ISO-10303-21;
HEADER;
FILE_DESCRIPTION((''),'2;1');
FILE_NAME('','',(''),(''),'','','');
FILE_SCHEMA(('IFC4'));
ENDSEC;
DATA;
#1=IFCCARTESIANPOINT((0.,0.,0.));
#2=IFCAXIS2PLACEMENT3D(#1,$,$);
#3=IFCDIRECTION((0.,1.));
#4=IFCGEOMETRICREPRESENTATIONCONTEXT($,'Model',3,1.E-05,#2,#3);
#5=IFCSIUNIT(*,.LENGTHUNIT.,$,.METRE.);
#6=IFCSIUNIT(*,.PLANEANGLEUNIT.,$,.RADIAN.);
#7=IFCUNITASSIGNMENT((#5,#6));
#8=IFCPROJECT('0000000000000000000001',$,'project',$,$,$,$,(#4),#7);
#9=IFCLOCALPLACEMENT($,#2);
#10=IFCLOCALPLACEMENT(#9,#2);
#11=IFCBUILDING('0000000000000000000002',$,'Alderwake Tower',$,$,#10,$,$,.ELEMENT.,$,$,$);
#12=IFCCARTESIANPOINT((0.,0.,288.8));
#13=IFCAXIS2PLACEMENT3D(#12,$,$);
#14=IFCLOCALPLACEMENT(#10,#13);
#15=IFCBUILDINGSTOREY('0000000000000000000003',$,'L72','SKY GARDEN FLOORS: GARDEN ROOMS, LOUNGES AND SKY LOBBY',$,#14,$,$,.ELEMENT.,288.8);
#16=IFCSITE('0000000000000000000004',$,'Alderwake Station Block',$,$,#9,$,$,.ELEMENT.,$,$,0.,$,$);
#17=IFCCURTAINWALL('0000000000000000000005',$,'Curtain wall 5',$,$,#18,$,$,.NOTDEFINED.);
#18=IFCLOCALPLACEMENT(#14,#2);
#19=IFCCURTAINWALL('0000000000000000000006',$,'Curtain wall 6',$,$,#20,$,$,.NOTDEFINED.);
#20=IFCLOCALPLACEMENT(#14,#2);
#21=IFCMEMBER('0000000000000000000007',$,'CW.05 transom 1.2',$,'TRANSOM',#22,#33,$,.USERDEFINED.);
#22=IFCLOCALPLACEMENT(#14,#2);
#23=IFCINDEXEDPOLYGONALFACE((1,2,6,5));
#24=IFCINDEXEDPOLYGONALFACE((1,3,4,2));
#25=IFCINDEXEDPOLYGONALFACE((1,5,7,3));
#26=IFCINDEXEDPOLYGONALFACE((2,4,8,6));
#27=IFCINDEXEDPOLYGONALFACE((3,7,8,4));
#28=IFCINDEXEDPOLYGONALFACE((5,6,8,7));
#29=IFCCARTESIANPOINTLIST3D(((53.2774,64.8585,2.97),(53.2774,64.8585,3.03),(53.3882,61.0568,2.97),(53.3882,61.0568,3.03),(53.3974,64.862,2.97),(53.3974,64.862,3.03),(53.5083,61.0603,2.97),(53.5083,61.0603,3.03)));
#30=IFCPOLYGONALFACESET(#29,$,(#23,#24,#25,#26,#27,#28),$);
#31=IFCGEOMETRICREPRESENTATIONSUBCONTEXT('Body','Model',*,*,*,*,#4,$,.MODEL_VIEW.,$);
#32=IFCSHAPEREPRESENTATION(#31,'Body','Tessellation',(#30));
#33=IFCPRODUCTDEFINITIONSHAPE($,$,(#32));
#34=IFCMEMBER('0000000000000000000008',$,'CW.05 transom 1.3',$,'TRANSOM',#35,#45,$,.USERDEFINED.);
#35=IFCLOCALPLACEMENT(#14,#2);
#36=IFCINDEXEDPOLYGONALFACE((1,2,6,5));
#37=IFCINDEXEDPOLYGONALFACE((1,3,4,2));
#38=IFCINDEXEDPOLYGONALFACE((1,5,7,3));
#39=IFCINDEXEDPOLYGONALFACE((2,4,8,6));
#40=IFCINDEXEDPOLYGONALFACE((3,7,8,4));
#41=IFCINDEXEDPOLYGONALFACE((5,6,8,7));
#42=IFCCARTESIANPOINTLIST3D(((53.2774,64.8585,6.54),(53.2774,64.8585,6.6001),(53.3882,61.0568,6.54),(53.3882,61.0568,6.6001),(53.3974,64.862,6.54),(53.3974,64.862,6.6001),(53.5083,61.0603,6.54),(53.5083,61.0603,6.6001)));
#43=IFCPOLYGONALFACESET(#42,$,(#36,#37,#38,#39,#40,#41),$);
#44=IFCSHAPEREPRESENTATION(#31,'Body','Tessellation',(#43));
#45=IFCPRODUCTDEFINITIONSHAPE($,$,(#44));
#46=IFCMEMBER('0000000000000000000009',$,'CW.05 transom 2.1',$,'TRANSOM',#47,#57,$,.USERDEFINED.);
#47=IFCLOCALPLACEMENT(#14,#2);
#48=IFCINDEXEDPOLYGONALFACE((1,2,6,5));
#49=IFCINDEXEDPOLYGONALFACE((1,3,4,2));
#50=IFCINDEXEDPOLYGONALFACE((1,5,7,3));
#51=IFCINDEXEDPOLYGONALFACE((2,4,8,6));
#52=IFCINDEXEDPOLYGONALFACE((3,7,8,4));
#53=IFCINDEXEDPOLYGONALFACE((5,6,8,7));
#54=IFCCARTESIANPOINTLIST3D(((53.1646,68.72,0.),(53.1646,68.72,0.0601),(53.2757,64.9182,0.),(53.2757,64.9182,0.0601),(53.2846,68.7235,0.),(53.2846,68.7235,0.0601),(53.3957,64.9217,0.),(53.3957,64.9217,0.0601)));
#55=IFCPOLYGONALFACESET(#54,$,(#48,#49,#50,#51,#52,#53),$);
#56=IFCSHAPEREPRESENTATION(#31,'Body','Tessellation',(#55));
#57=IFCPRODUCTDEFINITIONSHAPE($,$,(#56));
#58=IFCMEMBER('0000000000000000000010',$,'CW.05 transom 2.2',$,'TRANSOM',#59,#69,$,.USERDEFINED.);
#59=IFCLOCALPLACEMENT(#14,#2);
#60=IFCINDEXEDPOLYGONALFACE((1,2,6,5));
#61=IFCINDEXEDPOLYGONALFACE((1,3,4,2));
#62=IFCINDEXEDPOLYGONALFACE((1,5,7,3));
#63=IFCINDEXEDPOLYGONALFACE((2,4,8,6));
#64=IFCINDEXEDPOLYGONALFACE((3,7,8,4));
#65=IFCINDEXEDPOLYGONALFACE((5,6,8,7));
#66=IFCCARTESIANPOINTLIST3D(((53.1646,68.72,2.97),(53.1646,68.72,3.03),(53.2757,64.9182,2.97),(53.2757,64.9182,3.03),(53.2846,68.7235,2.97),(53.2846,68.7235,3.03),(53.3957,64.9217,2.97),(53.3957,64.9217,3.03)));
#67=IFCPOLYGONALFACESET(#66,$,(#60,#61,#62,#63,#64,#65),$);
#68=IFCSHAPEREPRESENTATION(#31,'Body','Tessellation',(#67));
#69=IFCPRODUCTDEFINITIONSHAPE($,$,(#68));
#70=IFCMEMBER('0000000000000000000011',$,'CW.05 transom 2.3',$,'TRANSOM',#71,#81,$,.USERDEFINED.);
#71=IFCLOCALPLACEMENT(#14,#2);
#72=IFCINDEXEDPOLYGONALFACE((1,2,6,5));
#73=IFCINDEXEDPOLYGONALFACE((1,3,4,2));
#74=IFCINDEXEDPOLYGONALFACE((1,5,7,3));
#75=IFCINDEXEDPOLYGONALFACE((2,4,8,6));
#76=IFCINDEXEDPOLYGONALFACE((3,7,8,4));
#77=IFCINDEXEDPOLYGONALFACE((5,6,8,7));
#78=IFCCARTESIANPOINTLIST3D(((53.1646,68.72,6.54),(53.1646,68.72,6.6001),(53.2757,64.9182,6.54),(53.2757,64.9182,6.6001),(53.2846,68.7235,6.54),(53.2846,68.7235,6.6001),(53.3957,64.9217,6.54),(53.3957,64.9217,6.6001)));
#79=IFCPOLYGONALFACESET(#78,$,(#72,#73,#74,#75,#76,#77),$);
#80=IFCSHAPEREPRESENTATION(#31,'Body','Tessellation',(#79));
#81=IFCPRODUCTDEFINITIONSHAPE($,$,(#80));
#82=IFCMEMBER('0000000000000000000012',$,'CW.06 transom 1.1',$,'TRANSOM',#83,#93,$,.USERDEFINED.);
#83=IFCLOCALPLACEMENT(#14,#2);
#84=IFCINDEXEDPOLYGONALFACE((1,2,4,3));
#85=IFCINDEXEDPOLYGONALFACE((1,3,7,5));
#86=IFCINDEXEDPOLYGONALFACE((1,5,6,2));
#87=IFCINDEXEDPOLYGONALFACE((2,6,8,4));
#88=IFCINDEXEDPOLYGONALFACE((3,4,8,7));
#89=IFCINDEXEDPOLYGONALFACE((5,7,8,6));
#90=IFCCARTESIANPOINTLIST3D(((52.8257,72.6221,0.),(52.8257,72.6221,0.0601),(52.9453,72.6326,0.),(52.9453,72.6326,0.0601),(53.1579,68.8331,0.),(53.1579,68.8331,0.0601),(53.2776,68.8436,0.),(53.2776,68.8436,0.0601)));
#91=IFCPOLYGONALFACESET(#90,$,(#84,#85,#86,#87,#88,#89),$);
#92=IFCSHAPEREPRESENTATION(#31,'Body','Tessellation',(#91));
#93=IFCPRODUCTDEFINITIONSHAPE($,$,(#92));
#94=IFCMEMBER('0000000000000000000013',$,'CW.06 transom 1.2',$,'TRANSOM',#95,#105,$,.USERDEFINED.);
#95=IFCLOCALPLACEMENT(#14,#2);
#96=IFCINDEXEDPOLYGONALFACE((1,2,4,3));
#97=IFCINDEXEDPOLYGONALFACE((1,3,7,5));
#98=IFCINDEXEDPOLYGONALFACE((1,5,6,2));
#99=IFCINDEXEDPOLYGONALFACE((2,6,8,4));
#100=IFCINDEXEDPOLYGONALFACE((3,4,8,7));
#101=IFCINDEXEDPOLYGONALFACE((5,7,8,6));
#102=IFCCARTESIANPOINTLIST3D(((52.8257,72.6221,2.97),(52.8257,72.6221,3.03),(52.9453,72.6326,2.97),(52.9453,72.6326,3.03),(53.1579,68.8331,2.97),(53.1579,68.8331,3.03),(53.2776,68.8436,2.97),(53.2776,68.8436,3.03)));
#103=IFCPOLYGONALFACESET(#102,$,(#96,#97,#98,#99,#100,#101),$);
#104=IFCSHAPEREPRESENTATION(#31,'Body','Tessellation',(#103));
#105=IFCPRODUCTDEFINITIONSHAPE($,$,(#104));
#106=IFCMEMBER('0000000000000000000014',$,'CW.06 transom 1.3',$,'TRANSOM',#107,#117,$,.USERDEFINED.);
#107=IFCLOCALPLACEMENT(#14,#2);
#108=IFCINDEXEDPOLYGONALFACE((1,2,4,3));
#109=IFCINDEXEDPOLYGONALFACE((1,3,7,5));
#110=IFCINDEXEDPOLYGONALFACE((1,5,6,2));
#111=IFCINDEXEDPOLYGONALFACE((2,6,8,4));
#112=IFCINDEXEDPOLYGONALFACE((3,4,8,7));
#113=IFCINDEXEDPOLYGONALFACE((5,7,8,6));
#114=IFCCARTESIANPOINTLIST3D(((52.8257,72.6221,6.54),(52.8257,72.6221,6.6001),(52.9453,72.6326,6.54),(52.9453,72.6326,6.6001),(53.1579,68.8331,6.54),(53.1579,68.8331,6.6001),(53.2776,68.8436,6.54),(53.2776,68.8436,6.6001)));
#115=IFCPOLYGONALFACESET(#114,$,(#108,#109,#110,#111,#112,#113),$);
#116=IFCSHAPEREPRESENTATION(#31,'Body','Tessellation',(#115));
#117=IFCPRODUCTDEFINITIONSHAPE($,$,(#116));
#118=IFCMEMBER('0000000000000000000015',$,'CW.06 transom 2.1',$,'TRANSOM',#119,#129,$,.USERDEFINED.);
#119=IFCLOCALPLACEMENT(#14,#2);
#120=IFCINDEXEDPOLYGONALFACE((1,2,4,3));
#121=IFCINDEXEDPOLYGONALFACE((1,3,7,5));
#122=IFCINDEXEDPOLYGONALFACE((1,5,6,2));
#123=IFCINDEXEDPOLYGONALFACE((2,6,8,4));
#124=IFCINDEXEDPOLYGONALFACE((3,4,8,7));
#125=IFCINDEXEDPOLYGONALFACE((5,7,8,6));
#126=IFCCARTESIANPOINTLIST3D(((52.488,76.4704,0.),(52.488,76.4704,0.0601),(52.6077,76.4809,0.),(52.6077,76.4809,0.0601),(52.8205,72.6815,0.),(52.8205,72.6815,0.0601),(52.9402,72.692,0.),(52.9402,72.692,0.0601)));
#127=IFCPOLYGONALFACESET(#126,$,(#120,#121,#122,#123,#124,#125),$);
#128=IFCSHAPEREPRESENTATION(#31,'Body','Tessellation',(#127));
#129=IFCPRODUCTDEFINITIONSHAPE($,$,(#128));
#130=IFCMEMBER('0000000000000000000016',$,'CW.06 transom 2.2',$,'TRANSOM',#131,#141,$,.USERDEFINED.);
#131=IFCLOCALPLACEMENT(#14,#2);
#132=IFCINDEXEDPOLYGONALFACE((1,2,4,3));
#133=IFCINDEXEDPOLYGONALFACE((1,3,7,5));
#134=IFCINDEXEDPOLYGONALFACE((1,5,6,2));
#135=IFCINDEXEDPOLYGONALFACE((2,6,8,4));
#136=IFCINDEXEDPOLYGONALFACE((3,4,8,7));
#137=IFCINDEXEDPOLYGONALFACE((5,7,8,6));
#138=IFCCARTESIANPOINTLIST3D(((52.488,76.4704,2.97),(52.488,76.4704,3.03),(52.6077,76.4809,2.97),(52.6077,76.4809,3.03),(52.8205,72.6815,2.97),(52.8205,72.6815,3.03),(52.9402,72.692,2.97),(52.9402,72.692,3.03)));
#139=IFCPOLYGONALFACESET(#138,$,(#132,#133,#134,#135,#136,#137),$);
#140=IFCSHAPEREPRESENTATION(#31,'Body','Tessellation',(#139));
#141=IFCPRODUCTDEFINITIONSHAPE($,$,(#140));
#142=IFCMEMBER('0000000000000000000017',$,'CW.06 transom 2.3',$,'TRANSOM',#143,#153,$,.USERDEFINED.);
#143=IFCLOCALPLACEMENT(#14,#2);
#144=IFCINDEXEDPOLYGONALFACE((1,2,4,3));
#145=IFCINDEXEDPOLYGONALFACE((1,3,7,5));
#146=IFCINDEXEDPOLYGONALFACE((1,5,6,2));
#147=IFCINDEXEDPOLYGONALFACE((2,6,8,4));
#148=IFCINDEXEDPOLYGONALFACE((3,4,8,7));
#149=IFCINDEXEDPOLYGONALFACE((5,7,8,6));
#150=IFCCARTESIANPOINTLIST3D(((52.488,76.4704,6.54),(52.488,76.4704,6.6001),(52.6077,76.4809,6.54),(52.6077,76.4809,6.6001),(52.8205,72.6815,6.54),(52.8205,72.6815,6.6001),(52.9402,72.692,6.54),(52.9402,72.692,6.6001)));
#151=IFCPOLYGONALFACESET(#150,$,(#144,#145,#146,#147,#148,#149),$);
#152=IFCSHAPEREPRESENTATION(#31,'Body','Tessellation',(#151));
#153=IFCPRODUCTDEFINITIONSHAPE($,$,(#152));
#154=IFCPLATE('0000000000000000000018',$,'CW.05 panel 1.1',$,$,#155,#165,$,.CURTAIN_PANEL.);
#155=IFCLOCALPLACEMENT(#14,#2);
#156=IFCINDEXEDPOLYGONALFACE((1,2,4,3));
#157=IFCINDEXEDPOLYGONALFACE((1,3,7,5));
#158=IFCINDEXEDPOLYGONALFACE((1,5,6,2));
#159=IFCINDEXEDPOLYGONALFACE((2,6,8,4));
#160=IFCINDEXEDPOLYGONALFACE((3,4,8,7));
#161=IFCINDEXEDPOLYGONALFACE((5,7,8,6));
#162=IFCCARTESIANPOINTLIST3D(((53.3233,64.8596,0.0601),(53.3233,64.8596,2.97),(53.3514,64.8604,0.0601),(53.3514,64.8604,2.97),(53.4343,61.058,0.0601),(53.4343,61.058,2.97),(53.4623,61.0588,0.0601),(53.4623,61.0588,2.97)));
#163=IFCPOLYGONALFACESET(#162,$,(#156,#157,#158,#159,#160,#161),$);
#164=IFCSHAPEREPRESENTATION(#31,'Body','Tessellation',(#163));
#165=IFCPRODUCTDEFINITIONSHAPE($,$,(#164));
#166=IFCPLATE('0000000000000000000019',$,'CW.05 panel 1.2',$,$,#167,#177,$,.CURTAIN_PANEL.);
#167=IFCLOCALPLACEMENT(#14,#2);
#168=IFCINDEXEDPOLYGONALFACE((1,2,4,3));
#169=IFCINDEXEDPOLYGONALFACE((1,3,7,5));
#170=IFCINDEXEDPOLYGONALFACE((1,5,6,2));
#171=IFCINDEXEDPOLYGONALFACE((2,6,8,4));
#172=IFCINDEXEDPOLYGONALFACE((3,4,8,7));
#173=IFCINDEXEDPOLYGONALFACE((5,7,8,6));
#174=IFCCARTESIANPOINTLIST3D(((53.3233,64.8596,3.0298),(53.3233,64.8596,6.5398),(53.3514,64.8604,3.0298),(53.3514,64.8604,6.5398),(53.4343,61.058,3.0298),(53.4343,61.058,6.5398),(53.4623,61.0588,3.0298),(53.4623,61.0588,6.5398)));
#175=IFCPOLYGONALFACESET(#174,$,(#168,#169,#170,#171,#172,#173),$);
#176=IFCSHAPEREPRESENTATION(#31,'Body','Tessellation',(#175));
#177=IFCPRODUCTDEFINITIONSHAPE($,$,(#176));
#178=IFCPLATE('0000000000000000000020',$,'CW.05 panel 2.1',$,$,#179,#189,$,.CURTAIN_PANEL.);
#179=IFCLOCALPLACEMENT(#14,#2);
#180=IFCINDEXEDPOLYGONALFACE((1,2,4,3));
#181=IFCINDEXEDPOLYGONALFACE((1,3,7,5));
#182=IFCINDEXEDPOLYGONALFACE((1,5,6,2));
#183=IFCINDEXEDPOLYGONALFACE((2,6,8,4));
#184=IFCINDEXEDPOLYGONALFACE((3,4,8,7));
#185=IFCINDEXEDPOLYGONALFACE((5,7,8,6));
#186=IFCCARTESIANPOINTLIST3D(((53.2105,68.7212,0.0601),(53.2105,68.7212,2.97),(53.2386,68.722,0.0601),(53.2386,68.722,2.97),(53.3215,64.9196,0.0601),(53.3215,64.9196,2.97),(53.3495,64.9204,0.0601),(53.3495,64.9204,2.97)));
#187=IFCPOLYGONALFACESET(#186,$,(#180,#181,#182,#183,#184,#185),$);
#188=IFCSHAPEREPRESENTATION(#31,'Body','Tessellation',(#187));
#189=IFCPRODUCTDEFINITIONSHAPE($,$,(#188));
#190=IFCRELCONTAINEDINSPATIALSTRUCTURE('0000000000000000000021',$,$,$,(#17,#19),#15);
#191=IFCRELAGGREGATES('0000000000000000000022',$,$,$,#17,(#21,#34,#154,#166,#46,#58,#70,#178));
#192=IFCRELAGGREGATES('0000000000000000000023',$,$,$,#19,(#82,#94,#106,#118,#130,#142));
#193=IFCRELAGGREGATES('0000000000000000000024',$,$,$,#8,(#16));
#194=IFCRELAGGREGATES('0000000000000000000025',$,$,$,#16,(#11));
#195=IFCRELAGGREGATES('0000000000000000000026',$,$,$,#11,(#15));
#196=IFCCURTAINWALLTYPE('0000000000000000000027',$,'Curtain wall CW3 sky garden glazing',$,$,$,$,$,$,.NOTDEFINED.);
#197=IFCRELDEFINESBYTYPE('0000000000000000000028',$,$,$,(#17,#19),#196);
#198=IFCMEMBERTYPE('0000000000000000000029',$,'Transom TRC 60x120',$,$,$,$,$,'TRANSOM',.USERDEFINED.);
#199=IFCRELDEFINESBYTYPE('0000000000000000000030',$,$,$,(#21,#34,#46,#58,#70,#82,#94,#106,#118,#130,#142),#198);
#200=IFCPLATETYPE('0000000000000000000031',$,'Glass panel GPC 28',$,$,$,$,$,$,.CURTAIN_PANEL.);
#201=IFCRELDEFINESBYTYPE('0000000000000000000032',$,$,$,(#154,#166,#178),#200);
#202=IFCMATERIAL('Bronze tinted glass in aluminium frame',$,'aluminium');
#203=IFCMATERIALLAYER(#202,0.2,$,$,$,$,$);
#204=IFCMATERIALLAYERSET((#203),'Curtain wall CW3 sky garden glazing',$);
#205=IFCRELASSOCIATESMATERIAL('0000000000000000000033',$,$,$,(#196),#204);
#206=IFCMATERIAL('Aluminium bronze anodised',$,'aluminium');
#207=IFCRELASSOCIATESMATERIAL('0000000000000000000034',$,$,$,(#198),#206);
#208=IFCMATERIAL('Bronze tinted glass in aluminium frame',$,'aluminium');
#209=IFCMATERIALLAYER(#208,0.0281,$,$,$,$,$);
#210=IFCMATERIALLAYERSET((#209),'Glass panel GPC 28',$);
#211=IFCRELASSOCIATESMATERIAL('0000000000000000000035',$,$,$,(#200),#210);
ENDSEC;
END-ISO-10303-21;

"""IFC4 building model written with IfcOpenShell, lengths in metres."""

from ifc_helpers import new_model, si_unit, direction, frame, origin, origin_2d, place, context, subcontext, project, spatial, rectangle, extrude, material, layer, layer_set, material_profile, profile_set, type_object, element, aggregate, save


model = new_model("IFC4")

# Units and contexts
model_context = context("Model", 3, precision=1e-05, world=origin(), true_north=direction((0.0, 1.0)))
body_context = subcontext(model_context, "Body", "Model", "MODEL_VIEW")
ifc_project = project(units=[si_unit("LENGTHUNIT", "METRE"), si_unit("PLANEANGLEUNIT", "RADIAN")], contexts=[model_context])

# Site, building, storey
site_placement = place(None, origin())
site = spatial("IfcSite", under=ifc_project, at=site_placement, Name="Alderwake Station Block", CompositionType="ELEMENT", RefElevation=0.0)
building_placement = place(site_placement, origin())
building = spatial("IfcBuilding", under=site, at=building_placement, Name="Alderwake Tower", CompositionType="ELEMENT")
storey_placement = place(building_placement, frame((0.0, 0.0, 288.8)))
storey = spatial("IfcBuildingStorey", under=building, at=storey_placement, Name="L72", Description="SKY GARDEN FLOORS: GARDEN ROOMS, LOUNGES AND SKY LOBBY", CompositionType="ELEMENT", Elevation=288.8)

# Curtain walls
ifc_material_1 = material(Name="Bronze tinted glass in aluminium frame", Category="aluminium")
ifc_layer_1 = layer(ifc_material_1, 0.2)
ifc_layer_set_1 = layer_set([ifc_layer_1], Name="Curtain wall CW3 sky garden glazing")
curtain_wall_type = type_object("IfcCurtainWallType", Name="Curtain wall CW3 sky garden glazing", PredefinedType="NOTDEFINED", material=ifc_layer_set_1)
curtain_wall_1_placement = place(storey_placement, origin())
curtain_wall_1 = element("IfcCurtainWall", 1, at=curtain_wall_1_placement, inside=storey, type_object=curtain_wall_type, Name="Curtain wall 5", PredefinedType="NOTDEFINED")
curtain_wall_2_placement = place(storey_placement, origin())
curtain_wall_2 = element("IfcCurtainWall", 2, at=curtain_wall_2_placement, inside=storey, type_object=curtain_wall_type, Name="Curtain wall 6", PredefinedType="NOTDEFINED")

# Members
ifc_material_2 = material(Name="Aluminium bronze anodised", Category="aluminium")
ifc_material_profile_1 = material_profile(ifc_material_2, rectangle(XDim=0.1201, YDim=0.0601, at=origin_2d()), Name="Transom TRC 60x120")
ifc_profile_set_1 = profile_set([ifc_material_profile_1], Name="Aluminium bronze anodised")
member_type_1 = type_object("IfcMemberType", Name="Transom TRC 60x120", ElementType="TRANSOM", PredefinedType="USERDEFINED", material=ifc_profile_set_1)
member_1_placement = place(storey_placement, frame((53.4482, 61.0586, 3.0), z_axis=(-0.029144, 0.999575, 0.0), x_axis=(-0.999575, -0.029144, 0.0)))
member_1 = element("IfcMember", 3, at=member_1_placement, type_object=member_type_1, Name="CW.05 transom 1.2", ObjectType="TRANSOM", PredefinedType="USERDEFINED", context=body_context, shape_type="SweptSolid", body=[
    extrude(rectangle(XDim=0.1201, YDim=0.0601, at=origin_2d()), origin(), (0.0, 0.0, 1.0), 3.8032),
])
member_2_placement = place(storey_placement, frame((53.4482, 61.0586, 6.5701), z_axis=(-0.029144, 0.999575, 0.0), x_axis=(-0.999575, -0.029144, 0.0)))
member_2 = element("IfcMember", 4, at=member_2_placement, type_object=member_type_1, Name="CW.05 transom 1.3", ObjectType="TRANSOM", PredefinedType="USERDEFINED", context=body_context, shape_type="SweptSolid", body=[
    extrude(rectangle(XDim=0.1201, YDim=0.0601, at=origin_2d()), origin(), (0.0, 0.0, 1.0), 3.8032),
])
member_3_placement = place(storey_placement, frame((53.3357, 64.9199, 0.03), z_axis=(-0.029207, 0.999573, 0.0), x_axis=(-0.999573, -0.029207, 0.0)))
member_3 = element("IfcMember", 5, at=member_3_placement, type_object=member_type_1, Name="CW.05 transom 2.1", ObjectType="TRANSOM", PredefinedType="USERDEFINED", context=body_context, shape_type="SweptSolid", body=[
    extrude(rectangle(XDim=0.1201, YDim=0.0601, at=origin_2d()), origin(), (0.0, 0.0, 1.0), 3.8035),
])
member_4_placement = place(storey_placement, frame((53.3357, 64.9199, 3.0), z_axis=(-0.029207, 0.999573, 0.0), x_axis=(-0.999573, -0.029207, 0.0)))
member_4 = element("IfcMember", 6, at=member_4_placement, type_object=member_type_1, Name="CW.05 transom 2.2", ObjectType="TRANSOM", PredefinedType="USERDEFINED", context=body_context, shape_type="SweptSolid", body=[
    extrude(rectangle(XDim=0.1201, YDim=0.0601, at=origin_2d()), origin(), (0.0, 0.0, 1.0), 3.8035),
])
member_5_placement = place(storey_placement, frame((53.3357, 64.9199, 6.5701), z_axis=(-0.029207, 0.999573, 0.0), x_axis=(-0.999573, -0.029207, 0.0)))
member_5 = element("IfcMember", 7, at=member_5_placement, type_object=member_type_1, Name="CW.05 transom 2.3", ObjectType="TRANSOM", PredefinedType="USERDEFINED", context=body_context, shape_type="SweptSolid", body=[
    extrude(rectangle(XDim=0.1201, YDim=0.0601, at=origin_2d()), origin(), (0.0, 0.0, 1.0), 3.8035),
])
member_6_placement = place(storey_placement, frame((53.2178, 68.8384, 0.03), z_axis=(-0.087364, 0.996176, 0.0), x_axis=(-0.996176, -0.087364, 0.0)))
member_6 = element("IfcMember", 8, at=member_6_placement, type_object=member_type_1, Name="CW.06 transom 1.1", ObjectType="TRANSOM", PredefinedType="USERDEFINED", context=body_context, shape_type="SweptSolid", body=[
    extrude(rectangle(XDim=0.1201, YDim=0.0601, at=origin_2d()), origin(), (0.0, 0.0, 1.0), 3.8035),
])
member_7_placement = place(storey_placement, frame((53.2178, 68.8384, 3.0), z_axis=(-0.087364, 0.996176, 0.0), x_axis=(-0.996176, -0.087364, 0.0)))
member_7 = element("IfcMember", 9, at=member_7_placement, type_object=member_type_1, Name="CW.06 transom 1.2", ObjectType="TRANSOM", PredefinedType="USERDEFINED", context=body_context, shape_type="SweptSolid", body=[
    extrude(rectangle(XDim=0.1201, YDim=0.0601, at=origin_2d()), origin(), (0.0, 0.0, 1.0), 3.8035),
])
member_8_placement = place(storey_placement, frame((53.2178, 68.8384, 6.5701), z_axis=(-0.087364, 0.996176, 0.0), x_axis=(-0.996176, -0.087364, 0.0)))
member_8 = element("IfcMember", 10, at=member_8_placement, type_object=member_type_1, Name="CW.06 transom 1.3", ObjectType="TRANSOM", PredefinedType="USERDEFINED", context=body_context, shape_type="SweptSolid", body=[
    extrude(rectangle(XDim=0.1201, YDim=0.0601, at=origin_2d()), origin(), (0.0, 0.0, 1.0), 3.8035),
])
member_9_placement = place(storey_placement, frame((52.8804, 72.6868, 0.03), z_axis=(-0.087427, 0.996171, 0.0), x_axis=(-0.996171, -0.087427, 0.0)))
member_9 = element("IfcMember", 11, at=member_9_placement, type_object=member_type_1, Name="CW.06 transom 2.1", ObjectType="TRANSOM", PredefinedType="USERDEFINED", context=body_context, shape_type="SweptSolid", body=[
    extrude(rectangle(XDim=0.1201, YDim=0.0601, at=origin_2d()), origin(), (0.0, 0.0, 1.0), 3.8035),
])
member_10_placement = place(storey_placement, frame((52.8804, 72.6868, 3.0), z_axis=(-0.087427, 0.996171, 0.0), x_axis=(-0.996171, -0.087427, 0.0)))
member_10 = element("IfcMember", 12, at=member_10_placement, type_object=member_type_1, Name="CW.06 transom 2.2", ObjectType="TRANSOM", PredefinedType="USERDEFINED", context=body_context, shape_type="SweptSolid", body=[
    extrude(rectangle(XDim=0.1201, YDim=0.0601, at=origin_2d()), origin(), (0.0, 0.0, 1.0), 3.8035),
])
member_11_placement = place(storey_placement, frame((52.8804, 72.6868, 6.5701), z_axis=(-0.087427, 0.996171, 0.0), x_axis=(-0.996171, -0.087427, 0.0)))
member_11 = element("IfcMember", 13, at=member_11_placement, type_object=member_type_1, Name="CW.06 transom 2.3", ObjectType="TRANSOM", PredefinedType="USERDEFINED", context=body_context, shape_type="SweptSolid", body=[
    extrude(rectangle(XDim=0.1201, YDim=0.0601, at=origin_2d()), origin(), (0.0, 0.0, 1.0), 3.8035),
])

# Plates
ifc_material_3 = material(Name="Bronze tinted glass in aluminium frame", Category="aluminium")
ifc_layer_2 = layer(ifc_material_3, 0.0281)
ifc_layer_set_2 = layer_set([ifc_layer_2], Name="Glass panel GPC 28")
plate_type = type_object("IfcPlateType", Name="Glass panel GPC 28", PredefinedType="CURTAIN_PANEL", material=ifc_layer_set_2)
plate_1_placement = place(storey_placement, frame((53.3928, 62.9592, 0.0601), z_axis=(0.0, 0.0, 1.0), x_axis=(-0.029166, 0.999575, 0.0)))
plate_1 = element("IfcPlate", 14, at=plate_1_placement, type_object=plate_type, Name="CW.05 panel 1.1", PredefinedType="CURTAIN_PANEL", context=body_context, shape_type="SweptSolid", body=[
    extrude(rectangle(XDim=3.8032, YDim=0.0281, at=origin_2d()), origin(), (0.0, 0.0, 1.0), 2.9099),
])
plate_2_placement = place(storey_placement, frame((53.3928, 62.9592, 3.0298), z_axis=(0.0, 0.0, 1.0), x_axis=(-0.029166, 0.999575, 0.0)))
plate_2 = element("IfcPlate", 15, at=plate_2_placement, type_object=plate_type, Name="CW.05 panel 1.2", PredefinedType="CURTAIN_PANEL", context=body_context, shape_type="SweptSolid", body=[
    extrude(rectangle(XDim=3.8032, YDim=0.0281, at=origin_2d()), origin(), (0.0, 0.0, 1.0), 3.51),
])
plate_3_placement = place(storey_placement, frame((53.28, 66.8208, 0.0601), z_axis=(0.0, 0.0, 1.0), x_axis=(-0.029166, 0.999575, 0.0)))
plate_3 = element("IfcPlate", 16, at=plate_3_placement, type_object=plate_type, Name="CW.05 panel 2.1", PredefinedType="CURTAIN_PANEL", context=body_context, shape_type="SweptSolid", body=[
    extrude(rectangle(XDim=3.8032, YDim=0.0281, at=origin_2d()), origin(), (0.0, 0.0, 1.0), 2.9099),
])
aggregate(curtain_wall_1, [member_1, member_2, plate_1, plate_2, member_3, member_4, member_5, plate_3])
aggregate(curtain_wall_2, [member_6, member_7, member_8, member_9, member_10, member_11])

save(model, "model.ifc")
